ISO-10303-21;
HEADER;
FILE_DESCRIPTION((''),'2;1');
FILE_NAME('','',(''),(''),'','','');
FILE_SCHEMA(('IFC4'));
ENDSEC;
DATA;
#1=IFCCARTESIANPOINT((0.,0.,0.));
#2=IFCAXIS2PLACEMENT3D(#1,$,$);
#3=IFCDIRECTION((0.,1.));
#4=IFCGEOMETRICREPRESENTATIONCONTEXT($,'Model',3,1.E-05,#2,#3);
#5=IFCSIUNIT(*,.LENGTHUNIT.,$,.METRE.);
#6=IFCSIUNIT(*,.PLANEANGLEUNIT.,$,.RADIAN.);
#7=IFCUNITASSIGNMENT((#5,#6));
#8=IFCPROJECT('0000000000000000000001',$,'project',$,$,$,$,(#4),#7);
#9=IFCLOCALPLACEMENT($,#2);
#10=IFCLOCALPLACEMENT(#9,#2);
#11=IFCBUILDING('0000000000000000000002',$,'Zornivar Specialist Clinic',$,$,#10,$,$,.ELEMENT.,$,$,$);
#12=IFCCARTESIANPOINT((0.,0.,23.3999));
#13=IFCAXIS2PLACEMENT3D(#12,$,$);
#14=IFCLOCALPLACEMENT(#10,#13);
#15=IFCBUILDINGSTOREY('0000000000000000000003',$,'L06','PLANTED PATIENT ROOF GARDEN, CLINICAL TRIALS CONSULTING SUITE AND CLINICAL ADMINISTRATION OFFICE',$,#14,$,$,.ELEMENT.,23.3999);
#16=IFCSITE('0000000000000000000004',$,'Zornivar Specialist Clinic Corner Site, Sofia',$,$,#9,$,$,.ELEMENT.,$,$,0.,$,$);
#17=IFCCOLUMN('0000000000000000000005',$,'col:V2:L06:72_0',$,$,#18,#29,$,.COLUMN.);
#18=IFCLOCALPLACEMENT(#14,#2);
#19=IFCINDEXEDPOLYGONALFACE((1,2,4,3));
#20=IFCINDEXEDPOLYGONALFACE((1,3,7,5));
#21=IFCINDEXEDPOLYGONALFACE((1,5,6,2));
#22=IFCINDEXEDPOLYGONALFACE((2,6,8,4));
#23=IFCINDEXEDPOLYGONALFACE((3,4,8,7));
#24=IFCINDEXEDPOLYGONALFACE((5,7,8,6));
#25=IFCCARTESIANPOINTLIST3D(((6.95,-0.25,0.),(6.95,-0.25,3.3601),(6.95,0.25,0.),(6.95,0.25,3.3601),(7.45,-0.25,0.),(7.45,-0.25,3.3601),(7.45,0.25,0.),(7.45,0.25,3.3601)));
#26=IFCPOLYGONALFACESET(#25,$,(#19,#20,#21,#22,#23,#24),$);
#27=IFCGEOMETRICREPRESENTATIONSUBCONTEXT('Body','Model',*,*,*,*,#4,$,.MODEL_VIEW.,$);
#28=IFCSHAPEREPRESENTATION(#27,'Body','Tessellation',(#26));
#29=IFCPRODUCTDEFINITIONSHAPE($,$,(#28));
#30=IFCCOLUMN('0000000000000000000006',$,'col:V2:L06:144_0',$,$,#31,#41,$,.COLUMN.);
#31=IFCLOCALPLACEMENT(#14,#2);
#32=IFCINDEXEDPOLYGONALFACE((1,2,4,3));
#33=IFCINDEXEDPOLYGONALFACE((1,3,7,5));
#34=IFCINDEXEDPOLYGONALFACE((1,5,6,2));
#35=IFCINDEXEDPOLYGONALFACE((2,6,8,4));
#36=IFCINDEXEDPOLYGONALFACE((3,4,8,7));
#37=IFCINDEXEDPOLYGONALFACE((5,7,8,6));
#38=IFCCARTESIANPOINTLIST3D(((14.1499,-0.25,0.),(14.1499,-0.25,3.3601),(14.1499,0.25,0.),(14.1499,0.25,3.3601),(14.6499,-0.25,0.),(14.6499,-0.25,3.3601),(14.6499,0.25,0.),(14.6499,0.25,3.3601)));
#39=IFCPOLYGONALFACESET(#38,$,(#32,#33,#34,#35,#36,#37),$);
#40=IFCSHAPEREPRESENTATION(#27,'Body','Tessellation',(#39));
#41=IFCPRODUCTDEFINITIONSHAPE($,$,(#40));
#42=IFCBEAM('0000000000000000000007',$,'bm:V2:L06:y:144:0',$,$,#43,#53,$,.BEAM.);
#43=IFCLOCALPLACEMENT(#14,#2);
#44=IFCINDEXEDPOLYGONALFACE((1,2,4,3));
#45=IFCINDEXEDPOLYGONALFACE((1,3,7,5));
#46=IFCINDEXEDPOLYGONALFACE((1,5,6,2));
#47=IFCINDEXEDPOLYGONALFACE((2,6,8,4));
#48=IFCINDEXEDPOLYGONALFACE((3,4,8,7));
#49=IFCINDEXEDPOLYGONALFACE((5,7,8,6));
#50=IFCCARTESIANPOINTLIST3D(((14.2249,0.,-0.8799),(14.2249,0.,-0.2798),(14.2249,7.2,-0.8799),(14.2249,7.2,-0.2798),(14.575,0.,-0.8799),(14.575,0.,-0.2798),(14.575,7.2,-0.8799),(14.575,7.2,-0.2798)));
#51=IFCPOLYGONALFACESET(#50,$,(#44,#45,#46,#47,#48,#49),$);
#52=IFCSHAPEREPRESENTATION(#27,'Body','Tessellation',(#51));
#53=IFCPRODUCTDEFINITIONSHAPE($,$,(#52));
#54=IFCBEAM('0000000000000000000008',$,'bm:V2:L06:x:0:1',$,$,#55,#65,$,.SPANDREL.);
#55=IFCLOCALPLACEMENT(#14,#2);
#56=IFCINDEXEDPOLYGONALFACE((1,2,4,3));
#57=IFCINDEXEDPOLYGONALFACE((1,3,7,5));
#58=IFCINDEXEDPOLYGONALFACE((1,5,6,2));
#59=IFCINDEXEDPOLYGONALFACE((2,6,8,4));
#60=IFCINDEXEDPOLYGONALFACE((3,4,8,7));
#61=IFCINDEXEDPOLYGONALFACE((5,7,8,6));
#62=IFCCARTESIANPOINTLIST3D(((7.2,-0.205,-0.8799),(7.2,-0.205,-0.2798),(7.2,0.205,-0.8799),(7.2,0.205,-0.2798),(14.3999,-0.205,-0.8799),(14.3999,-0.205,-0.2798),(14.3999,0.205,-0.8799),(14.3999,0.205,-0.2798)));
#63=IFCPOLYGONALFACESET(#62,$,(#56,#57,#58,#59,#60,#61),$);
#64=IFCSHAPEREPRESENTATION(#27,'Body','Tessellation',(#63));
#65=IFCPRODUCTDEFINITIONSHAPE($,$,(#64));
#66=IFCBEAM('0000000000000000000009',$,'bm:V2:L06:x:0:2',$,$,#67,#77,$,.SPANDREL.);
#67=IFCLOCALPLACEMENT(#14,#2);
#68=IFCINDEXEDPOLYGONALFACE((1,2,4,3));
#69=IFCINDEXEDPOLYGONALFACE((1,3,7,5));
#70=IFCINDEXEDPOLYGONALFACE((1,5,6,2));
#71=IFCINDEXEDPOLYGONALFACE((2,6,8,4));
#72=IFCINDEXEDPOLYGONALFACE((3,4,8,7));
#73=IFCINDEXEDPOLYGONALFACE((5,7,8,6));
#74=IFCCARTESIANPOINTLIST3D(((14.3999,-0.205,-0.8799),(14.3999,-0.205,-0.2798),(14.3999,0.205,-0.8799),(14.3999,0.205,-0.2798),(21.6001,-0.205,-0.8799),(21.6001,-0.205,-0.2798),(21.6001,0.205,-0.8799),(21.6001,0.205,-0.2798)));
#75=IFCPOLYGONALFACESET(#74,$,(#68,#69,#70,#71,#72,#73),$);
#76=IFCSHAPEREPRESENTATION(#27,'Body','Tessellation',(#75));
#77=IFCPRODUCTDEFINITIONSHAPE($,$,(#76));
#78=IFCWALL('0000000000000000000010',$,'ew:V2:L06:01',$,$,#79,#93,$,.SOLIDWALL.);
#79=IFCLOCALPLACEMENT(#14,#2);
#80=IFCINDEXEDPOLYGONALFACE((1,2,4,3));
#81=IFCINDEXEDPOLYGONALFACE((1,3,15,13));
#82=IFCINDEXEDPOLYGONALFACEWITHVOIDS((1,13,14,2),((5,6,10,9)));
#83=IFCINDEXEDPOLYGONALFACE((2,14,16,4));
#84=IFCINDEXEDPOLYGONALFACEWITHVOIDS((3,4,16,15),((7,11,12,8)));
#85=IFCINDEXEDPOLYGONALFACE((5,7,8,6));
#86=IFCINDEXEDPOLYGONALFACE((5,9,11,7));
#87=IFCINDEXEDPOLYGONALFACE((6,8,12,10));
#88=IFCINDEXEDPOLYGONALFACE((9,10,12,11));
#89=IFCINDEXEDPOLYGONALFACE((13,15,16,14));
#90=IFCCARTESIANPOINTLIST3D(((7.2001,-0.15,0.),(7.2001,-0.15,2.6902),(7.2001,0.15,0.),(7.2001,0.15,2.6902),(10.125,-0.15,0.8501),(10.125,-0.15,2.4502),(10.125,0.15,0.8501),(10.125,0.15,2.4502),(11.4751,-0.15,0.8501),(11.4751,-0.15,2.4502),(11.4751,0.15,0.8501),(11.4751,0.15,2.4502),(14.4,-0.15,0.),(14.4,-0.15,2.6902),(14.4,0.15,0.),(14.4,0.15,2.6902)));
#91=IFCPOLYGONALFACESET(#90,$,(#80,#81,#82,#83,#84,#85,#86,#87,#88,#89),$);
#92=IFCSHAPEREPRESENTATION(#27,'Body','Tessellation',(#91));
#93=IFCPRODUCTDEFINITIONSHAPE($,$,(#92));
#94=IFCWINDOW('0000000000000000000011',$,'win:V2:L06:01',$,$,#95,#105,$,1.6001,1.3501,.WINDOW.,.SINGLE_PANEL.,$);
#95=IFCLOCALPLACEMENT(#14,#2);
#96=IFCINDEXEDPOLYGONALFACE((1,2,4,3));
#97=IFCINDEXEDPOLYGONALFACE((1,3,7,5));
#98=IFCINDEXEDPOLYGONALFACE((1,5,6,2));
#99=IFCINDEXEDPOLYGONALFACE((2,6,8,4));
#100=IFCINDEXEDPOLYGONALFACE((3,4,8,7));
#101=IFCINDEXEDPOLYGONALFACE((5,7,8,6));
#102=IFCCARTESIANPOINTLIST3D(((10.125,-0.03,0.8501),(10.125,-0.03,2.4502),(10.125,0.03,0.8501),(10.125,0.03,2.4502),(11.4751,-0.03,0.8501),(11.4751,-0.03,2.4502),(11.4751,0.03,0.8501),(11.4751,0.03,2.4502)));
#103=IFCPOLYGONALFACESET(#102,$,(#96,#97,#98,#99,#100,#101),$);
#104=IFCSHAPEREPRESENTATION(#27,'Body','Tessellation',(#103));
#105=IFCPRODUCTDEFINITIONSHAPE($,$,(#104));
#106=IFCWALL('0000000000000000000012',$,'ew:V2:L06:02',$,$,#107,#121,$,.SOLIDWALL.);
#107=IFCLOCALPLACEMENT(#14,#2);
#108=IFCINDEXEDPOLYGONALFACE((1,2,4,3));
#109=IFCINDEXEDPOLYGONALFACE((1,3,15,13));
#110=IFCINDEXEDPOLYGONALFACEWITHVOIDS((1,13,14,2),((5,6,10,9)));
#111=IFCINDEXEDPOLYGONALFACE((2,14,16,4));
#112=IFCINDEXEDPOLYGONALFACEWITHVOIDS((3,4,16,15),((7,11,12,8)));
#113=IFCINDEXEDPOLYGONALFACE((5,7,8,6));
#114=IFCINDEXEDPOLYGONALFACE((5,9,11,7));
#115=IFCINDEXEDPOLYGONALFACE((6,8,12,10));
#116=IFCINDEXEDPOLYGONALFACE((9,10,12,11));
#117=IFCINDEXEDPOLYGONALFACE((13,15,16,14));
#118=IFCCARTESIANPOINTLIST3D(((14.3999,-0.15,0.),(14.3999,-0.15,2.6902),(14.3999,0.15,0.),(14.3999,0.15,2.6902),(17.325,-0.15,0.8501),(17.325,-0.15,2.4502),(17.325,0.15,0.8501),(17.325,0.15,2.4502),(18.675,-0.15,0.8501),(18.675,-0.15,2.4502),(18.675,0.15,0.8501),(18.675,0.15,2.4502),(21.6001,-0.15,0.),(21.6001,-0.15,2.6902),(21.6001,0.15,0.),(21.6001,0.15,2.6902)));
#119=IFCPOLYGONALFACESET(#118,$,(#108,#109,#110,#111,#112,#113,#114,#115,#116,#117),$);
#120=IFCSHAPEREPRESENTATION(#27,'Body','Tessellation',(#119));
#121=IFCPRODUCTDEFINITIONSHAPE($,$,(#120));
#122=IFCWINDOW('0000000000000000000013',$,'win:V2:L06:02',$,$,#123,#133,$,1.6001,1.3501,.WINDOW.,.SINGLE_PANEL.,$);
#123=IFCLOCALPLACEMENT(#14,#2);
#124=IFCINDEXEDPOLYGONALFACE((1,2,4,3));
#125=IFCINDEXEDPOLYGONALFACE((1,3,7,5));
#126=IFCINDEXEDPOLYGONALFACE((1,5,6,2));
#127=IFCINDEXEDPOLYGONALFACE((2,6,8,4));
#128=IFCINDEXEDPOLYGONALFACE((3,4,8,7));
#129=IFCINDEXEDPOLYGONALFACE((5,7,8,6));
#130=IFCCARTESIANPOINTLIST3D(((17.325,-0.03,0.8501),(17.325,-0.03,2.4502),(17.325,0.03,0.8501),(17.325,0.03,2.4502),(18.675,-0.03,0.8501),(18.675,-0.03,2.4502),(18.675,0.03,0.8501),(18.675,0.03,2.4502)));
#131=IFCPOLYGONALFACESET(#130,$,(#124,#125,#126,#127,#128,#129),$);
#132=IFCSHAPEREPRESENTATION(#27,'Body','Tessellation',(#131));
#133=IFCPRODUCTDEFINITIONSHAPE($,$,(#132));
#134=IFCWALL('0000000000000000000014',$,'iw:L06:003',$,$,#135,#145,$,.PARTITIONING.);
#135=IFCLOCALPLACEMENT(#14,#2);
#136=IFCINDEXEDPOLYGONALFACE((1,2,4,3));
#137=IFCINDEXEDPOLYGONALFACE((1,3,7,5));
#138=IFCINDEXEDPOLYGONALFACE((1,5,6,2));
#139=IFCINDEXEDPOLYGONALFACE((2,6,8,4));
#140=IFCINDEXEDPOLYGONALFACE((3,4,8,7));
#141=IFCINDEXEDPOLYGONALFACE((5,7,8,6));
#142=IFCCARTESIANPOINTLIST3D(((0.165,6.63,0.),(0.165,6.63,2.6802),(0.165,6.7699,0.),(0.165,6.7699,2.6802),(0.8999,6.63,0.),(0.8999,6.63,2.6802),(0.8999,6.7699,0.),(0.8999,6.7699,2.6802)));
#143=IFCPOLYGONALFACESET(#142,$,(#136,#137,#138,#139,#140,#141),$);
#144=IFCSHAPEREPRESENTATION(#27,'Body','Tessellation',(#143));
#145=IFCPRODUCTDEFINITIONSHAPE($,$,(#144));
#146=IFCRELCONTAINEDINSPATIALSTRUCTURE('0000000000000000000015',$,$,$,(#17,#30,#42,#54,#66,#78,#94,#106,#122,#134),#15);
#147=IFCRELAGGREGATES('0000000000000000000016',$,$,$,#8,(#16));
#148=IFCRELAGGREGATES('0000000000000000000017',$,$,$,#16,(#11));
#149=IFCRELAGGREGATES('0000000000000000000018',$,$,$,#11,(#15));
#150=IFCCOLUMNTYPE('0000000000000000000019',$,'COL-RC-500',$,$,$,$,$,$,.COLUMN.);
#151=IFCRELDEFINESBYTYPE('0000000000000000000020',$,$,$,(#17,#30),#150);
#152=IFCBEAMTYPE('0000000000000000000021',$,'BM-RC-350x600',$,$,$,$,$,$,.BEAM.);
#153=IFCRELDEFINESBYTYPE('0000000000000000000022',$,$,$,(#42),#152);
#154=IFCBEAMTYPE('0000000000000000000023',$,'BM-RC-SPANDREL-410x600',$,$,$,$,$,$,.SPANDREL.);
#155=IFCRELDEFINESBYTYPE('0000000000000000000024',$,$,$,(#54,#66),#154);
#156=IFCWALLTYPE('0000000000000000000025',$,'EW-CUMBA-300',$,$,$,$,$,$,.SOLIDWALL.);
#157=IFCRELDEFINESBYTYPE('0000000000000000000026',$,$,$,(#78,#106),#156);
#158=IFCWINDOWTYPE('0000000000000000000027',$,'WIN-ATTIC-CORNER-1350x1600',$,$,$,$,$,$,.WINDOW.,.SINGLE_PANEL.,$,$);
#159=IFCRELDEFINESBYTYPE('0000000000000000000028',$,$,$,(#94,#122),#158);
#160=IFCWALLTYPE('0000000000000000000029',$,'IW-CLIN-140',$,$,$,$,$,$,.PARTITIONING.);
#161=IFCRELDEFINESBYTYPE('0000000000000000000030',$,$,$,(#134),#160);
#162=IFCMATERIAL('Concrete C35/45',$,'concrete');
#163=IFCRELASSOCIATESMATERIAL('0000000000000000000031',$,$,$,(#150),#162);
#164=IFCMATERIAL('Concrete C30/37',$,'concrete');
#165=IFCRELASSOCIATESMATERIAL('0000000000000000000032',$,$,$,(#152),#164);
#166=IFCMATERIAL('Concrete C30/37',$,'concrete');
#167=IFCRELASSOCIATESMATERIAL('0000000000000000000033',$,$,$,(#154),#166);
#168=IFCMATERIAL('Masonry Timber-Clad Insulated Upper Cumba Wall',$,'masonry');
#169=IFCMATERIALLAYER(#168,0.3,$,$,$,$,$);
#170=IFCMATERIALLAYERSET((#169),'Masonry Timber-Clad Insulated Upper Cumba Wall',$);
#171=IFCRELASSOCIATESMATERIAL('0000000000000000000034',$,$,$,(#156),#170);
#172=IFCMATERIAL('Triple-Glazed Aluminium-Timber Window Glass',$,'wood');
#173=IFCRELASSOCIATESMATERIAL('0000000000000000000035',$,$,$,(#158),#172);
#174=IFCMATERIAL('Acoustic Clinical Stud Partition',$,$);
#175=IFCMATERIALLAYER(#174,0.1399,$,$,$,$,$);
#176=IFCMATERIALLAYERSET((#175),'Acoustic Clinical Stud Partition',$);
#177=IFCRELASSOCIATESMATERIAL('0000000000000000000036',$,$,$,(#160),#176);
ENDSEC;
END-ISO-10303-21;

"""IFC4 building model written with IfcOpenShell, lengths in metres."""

from ifc_helpers import new_model, si_unit, direction, frame, frame_2d, origin, origin_2d, place, context, subcontext, project, spatial, rectangle, extrude, material, layer, layer_set, material_profile, profile_set, type_object, element, fill, save


model = new_model("IFC4")

# Units and contexts
model_context = context("Model", 3, precision=1e-05, world=origin(), true_north=direction((0.0, 1.0)))
body_context = subcontext(model_context, "Body", "Model", "MODEL_VIEW")
ifc_project = project(units=[si_unit("LENGTHUNIT", "METRE"), si_unit("PLANEANGLEUNIT", "RADIAN")], contexts=[model_context])

# Site, building, storey
site_placement = place(None, origin())
site = spatial("IfcSite", under=ifc_project, at=site_placement, Name="Zornivar Specialist Clinic Corner Site, Sofia", CompositionType="ELEMENT", RefElevation=0.0)
building_placement = place(site_placement, origin())
building = spatial("IfcBuilding", under=site, at=building_placement, Name="Zornivar Specialist Clinic", CompositionType="ELEMENT")
storey_placement = place(building_placement, frame((0.0, 0.0, 23.3999)))
storey = spatial("IfcBuildingStorey", under=building, at=storey_placement, Name="L06", Description="PLANTED PATIENT ROOF GARDEN, CLINICAL TRIALS CONSULTING SUITE AND CLINICAL ADMINISTRATION OFFICE", CompositionType="ELEMENT", Elevation=23.3999)

# Columns
ifc_material_1 = material(Name="Concrete C35/45", Category="concrete")
ifc_material_profile_1 = material_profile(ifc_material_1, rectangle(XDim=0.5, YDim=0.5, at=origin_2d()), Name="RC 500x500")
ifc_profile_set_1 = profile_set([ifc_material_profile_1], Name="Concrete C35/45")
column_type = type_object("IfcColumnType", Name="COL-RC-500", PredefinedType="COLUMN", material=ifc_profile_set_1)
for number, where, z_axis, x_axis, name in (
    (1, (7.2, 0.0, 0.0), (0.0, 0.0, 1.0), (1.0, 0.0, 0.0), "col:V2:L06:72_0"),
    (2, (14.3999, 0.0, 0.0), (0.0, 0.0, 1.0), (1.0, 0.0, 0.0), "col:V2:L06:144_0"),
):
    element("IfcColumn", number, at=place(storey_placement, frame(where, z_axis=z_axis, x_axis=x_axis)), inside=storey, type_object=column_type, Name=name, PredefinedType="COLUMN", context=body_context, shape_type="SweptSolid", body=[
        extrude(rectangle(XDim=0.5, YDim=0.5, at=origin_2d()), origin(), (0.0, 0.0, 1.0), 3.3601),
    ])

# Beams
ifc_material_2 = material(Name="Concrete C30/37", Category="concrete")
ifc_material_profile_2 = material_profile(ifc_material_2, rectangle(XDim=0.3501, YDim=0.6001, at=origin_2d()), Name="RC 350x600")
ifc_profile_set_2 = profile_set([ifc_material_profile_2], Name="Concrete C30/37")
beam_type_1 = type_object("IfcBeamType", Name="BM-RC-350x600", PredefinedType="BEAM", material=ifc_profile_set_2)
beam_1_placement = place(storey_placement, frame((14.3999, 0.0, -0.5798), z_axis=(0.0, 1.0, 0.0), x_axis=(-1.0, 0.0, 0.0)))
element("IfcBeam", 3, at=beam_1_placement, inside=storey, type_object=beam_type_1, Name="bm:V2:L06:y:144:0", PredefinedType="BEAM", context=body_context, shape_type="SweptSolid", body=[
    extrude(rectangle(XDim=0.3501, YDim=0.6001, at=origin_2d()), origin(), (0.0, 0.0, 1.0), 7.2),
])
ifc_material_3 = material(Name="Concrete C30/37", Category="concrete")
ifc_material_profile_3 = material_profile(ifc_material_3, rectangle(XDim=0.4099, YDim=0.6001, at=origin_2d()), Name="RC 410x600")
ifc_profile_set_3 = profile_set([ifc_material_profile_3], Name="Concrete C30/37")
beam_type_2 = type_object("IfcBeamType", Name="BM-RC-SPANDREL-410x600", PredefinedType="SPANDREL", material=ifc_profile_set_3)
beam_2_placement = place(storey_placement, frame((7.2, 0.0, -0.5798), z_axis=(1.0, 0.0, 0.0), x_axis=(0.0, 1.0, 0.0)))
element("IfcBeam", 4, at=beam_2_placement, inside=storey, type_object=beam_type_2, Name="bm:V2:L06:x:0:1", PredefinedType="SPANDREL", context=body_context, shape_type="SweptSolid", body=[
    extrude(rectangle(XDim=0.4099, YDim=0.6001, at=origin_2d()), origin(), (0.0, 0.0, 1.0), 7.2),
])
beam_3_placement = place(storey_placement, frame((14.3999, 0.0, -0.5798), z_axis=(1.0, 0.0, 0.0), x_axis=(0.0, 1.0, 0.0)))
element("IfcBeam", 5, at=beam_3_placement, inside=storey, type_object=beam_type_2, Name="bm:V2:L06:x:0:2", PredefinedType="SPANDREL", context=body_context, shape_type="SweptSolid", body=[
    extrude(rectangle(XDim=0.4099, YDim=0.6001, at=origin_2d()), origin(), (0.0, 0.0, 1.0), 7.2002),
])

# Walls, openings, windows
ifc_material_4 = material(Name="Masonry Timber-Clad Insulated Upper Cumba Wall", Category="masonry")
ifc_layer_1 = layer(ifc_material_4, 0.3)
ifc_layer_set_1 = layer_set([ifc_layer_1], Name="Masonry Timber-Clad Insulated Upper Cumba Wall")
wall_type_1 = type_object("IfcWallType", Name="EW-CUMBA-300", PredefinedType="SOLIDWALL", material=ifc_layer_set_1)
wall_1_placement = place(storey_placement, frame((7.2, 0.0, 0.0), z_axis=(0.0, 0.0, 1.0), x_axis=(1.0, 0.0, 0.0)))
wall_1 = element("IfcWall", 6, at=wall_1_placement, inside=storey, type_object=wall_type_1, Name="ew:V2:L06:01", PredefinedType="SOLIDWALL", context=body_context, shape_type="SweptSolid", body=[
    extrude(rectangle(XDim=7.2, YDim=0.3, at=frame_2d((3.6001, 0.0))), origin(), (0.0, 0.0, 1.0), 2.6902),
])
opening_1_placement = place(wall_1_placement, frame((2.925, 0.0, 0.8501)))
opening_1 = element("IfcOpeningElement", 7, at=opening_1_placement, cuts=wall_1, PredefinedType="OPENING", context=body_context, shape_type="SweptSolid", body=[
    extrude(rectangle(XDim=1.3501, YDim=1.6001, at=frame_2d((0.675, 0.8))), frame((0.0, 0.1599, 0.0), z_axis=(0.0, -1.0, 0.0), x_axis=(1.0, 0.0, 0.0)), (0.0, 0.0, 1.0), 0.3201),
])
ifc_material_5 = material(Name="Triple-Glazed Aluminium-Timber Window Glass", Category="wood")
window_type = type_object("IfcWindowType", Name="WIN-ATTIC-CORNER-1350x1600", PartitioningType="SINGLE_PANEL", PredefinedType="WINDOW", material=ifc_material_5)
window_1_placement = place(opening_1_placement, origin())
window_1 = element("IfcWindow", 8, at=window_1_placement, inside=storey, type_object=window_type, Name="win:V2:L06:01", OverallHeight=1.6001, OverallWidth=1.3501, PartitioningType="SINGLE_PANEL", PredefinedType="WINDOW", context=body_context, shape_type="SweptSolid", body=[
    extrude(rectangle(XDim=1.3501, YDim=1.6001, at=frame_2d((0.675, 0.8))), frame((0.0, 0.03, 0.0), z_axis=(0.0, -1.0, 0.0), x_axis=(1.0, 0.0, 0.0)), (0.0, 0.0, 1.0), 0.0601),
])
fill(opening_1, window_1)
wall_2_placement = place(storey_placement, frame((14.3999, 0.0, 0.0), z_axis=(0.0, 0.0, 1.0), x_axis=(1.0, 0.0, 0.0)))
wall_2 = element("IfcWall", 9, at=wall_2_placement, inside=storey, type_object=wall_type_1, Name="ew:V2:L06:02", PredefinedType="SOLIDWALL", context=body_context, shape_type="SweptSolid", body=[
    extrude(rectangle(XDim=7.2002, YDim=0.3, at=frame_2d((3.6001, 0.0))), origin(), (0.0, 0.0, 1.0), 2.6902),
])
opening_2_placement = place(wall_2_placement, frame((2.925, 0.0, 0.8501)))
opening_2 = element("IfcOpeningElement", 10, at=opening_2_placement, cuts=wall_2, PredefinedType="OPENING", context=body_context, shape_type="SweptSolid", body=[
    extrude(rectangle(XDim=1.3501, YDim=1.6001, at=frame_2d((0.675, 0.8))), frame((0.0, 0.1599, 0.0), z_axis=(0.0, -1.0, 0.0), x_axis=(1.0, 0.0, 0.0)), (0.0, 0.0, 1.0), 0.3201),
])
window_2_placement = place(opening_2_placement, origin())
window_2 = element("IfcWindow", 11, at=window_2_placement, inside=storey, type_object=window_type, Name="win:V2:L06:02", OverallHeight=1.6001, OverallWidth=1.3501, PartitioningType="SINGLE_PANEL", PredefinedType="WINDOW", context=body_context, shape_type="SweptSolid", body=[
    extrude(rectangle(XDim=1.3501, YDim=1.6001, at=frame_2d((0.675, 0.8))), frame((0.0, 0.03, 0.0), z_axis=(0.0, -1.0, 0.0), x_axis=(1.0, 0.0, 0.0)), (0.0, 0.0, 1.0), 0.0601),
])
fill(opening_2, window_2)

# Wall
ifc_material_6 = material(Name="Acoustic Clinical Stud Partition")
ifc_layer_2 = layer(ifc_material_6, 0.1399)
ifc_layer_set_2 = layer_set([ifc_layer_2], Name="Acoustic Clinical Stud Partition")
wall_type_2 = type_object("IfcWallType", Name="IW-CLIN-140", PredefinedType="PARTITIONING", material=ifc_layer_set_2)
wall_3_placement = place(storey_placement, frame((0.8999, 6.7, 0.0), z_axis=(0.0, 0.0, 1.0), x_axis=(-1.0, 0.0, 0.0)))
element("IfcWall", 12, at=wall_3_placement, inside=storey, type_object=wall_type_2, Name="iw:L06:003", PredefinedType="PARTITIONING", context=body_context, shape_type="SweptSolid", body=[
    extrude(rectangle(XDim=0.7349, YDim=0.1399, at=frame_2d((0.3674, 0.0))), origin(), (0.0, 0.0, 1.0), 2.6802),
])

save(model, "model.ifc")
